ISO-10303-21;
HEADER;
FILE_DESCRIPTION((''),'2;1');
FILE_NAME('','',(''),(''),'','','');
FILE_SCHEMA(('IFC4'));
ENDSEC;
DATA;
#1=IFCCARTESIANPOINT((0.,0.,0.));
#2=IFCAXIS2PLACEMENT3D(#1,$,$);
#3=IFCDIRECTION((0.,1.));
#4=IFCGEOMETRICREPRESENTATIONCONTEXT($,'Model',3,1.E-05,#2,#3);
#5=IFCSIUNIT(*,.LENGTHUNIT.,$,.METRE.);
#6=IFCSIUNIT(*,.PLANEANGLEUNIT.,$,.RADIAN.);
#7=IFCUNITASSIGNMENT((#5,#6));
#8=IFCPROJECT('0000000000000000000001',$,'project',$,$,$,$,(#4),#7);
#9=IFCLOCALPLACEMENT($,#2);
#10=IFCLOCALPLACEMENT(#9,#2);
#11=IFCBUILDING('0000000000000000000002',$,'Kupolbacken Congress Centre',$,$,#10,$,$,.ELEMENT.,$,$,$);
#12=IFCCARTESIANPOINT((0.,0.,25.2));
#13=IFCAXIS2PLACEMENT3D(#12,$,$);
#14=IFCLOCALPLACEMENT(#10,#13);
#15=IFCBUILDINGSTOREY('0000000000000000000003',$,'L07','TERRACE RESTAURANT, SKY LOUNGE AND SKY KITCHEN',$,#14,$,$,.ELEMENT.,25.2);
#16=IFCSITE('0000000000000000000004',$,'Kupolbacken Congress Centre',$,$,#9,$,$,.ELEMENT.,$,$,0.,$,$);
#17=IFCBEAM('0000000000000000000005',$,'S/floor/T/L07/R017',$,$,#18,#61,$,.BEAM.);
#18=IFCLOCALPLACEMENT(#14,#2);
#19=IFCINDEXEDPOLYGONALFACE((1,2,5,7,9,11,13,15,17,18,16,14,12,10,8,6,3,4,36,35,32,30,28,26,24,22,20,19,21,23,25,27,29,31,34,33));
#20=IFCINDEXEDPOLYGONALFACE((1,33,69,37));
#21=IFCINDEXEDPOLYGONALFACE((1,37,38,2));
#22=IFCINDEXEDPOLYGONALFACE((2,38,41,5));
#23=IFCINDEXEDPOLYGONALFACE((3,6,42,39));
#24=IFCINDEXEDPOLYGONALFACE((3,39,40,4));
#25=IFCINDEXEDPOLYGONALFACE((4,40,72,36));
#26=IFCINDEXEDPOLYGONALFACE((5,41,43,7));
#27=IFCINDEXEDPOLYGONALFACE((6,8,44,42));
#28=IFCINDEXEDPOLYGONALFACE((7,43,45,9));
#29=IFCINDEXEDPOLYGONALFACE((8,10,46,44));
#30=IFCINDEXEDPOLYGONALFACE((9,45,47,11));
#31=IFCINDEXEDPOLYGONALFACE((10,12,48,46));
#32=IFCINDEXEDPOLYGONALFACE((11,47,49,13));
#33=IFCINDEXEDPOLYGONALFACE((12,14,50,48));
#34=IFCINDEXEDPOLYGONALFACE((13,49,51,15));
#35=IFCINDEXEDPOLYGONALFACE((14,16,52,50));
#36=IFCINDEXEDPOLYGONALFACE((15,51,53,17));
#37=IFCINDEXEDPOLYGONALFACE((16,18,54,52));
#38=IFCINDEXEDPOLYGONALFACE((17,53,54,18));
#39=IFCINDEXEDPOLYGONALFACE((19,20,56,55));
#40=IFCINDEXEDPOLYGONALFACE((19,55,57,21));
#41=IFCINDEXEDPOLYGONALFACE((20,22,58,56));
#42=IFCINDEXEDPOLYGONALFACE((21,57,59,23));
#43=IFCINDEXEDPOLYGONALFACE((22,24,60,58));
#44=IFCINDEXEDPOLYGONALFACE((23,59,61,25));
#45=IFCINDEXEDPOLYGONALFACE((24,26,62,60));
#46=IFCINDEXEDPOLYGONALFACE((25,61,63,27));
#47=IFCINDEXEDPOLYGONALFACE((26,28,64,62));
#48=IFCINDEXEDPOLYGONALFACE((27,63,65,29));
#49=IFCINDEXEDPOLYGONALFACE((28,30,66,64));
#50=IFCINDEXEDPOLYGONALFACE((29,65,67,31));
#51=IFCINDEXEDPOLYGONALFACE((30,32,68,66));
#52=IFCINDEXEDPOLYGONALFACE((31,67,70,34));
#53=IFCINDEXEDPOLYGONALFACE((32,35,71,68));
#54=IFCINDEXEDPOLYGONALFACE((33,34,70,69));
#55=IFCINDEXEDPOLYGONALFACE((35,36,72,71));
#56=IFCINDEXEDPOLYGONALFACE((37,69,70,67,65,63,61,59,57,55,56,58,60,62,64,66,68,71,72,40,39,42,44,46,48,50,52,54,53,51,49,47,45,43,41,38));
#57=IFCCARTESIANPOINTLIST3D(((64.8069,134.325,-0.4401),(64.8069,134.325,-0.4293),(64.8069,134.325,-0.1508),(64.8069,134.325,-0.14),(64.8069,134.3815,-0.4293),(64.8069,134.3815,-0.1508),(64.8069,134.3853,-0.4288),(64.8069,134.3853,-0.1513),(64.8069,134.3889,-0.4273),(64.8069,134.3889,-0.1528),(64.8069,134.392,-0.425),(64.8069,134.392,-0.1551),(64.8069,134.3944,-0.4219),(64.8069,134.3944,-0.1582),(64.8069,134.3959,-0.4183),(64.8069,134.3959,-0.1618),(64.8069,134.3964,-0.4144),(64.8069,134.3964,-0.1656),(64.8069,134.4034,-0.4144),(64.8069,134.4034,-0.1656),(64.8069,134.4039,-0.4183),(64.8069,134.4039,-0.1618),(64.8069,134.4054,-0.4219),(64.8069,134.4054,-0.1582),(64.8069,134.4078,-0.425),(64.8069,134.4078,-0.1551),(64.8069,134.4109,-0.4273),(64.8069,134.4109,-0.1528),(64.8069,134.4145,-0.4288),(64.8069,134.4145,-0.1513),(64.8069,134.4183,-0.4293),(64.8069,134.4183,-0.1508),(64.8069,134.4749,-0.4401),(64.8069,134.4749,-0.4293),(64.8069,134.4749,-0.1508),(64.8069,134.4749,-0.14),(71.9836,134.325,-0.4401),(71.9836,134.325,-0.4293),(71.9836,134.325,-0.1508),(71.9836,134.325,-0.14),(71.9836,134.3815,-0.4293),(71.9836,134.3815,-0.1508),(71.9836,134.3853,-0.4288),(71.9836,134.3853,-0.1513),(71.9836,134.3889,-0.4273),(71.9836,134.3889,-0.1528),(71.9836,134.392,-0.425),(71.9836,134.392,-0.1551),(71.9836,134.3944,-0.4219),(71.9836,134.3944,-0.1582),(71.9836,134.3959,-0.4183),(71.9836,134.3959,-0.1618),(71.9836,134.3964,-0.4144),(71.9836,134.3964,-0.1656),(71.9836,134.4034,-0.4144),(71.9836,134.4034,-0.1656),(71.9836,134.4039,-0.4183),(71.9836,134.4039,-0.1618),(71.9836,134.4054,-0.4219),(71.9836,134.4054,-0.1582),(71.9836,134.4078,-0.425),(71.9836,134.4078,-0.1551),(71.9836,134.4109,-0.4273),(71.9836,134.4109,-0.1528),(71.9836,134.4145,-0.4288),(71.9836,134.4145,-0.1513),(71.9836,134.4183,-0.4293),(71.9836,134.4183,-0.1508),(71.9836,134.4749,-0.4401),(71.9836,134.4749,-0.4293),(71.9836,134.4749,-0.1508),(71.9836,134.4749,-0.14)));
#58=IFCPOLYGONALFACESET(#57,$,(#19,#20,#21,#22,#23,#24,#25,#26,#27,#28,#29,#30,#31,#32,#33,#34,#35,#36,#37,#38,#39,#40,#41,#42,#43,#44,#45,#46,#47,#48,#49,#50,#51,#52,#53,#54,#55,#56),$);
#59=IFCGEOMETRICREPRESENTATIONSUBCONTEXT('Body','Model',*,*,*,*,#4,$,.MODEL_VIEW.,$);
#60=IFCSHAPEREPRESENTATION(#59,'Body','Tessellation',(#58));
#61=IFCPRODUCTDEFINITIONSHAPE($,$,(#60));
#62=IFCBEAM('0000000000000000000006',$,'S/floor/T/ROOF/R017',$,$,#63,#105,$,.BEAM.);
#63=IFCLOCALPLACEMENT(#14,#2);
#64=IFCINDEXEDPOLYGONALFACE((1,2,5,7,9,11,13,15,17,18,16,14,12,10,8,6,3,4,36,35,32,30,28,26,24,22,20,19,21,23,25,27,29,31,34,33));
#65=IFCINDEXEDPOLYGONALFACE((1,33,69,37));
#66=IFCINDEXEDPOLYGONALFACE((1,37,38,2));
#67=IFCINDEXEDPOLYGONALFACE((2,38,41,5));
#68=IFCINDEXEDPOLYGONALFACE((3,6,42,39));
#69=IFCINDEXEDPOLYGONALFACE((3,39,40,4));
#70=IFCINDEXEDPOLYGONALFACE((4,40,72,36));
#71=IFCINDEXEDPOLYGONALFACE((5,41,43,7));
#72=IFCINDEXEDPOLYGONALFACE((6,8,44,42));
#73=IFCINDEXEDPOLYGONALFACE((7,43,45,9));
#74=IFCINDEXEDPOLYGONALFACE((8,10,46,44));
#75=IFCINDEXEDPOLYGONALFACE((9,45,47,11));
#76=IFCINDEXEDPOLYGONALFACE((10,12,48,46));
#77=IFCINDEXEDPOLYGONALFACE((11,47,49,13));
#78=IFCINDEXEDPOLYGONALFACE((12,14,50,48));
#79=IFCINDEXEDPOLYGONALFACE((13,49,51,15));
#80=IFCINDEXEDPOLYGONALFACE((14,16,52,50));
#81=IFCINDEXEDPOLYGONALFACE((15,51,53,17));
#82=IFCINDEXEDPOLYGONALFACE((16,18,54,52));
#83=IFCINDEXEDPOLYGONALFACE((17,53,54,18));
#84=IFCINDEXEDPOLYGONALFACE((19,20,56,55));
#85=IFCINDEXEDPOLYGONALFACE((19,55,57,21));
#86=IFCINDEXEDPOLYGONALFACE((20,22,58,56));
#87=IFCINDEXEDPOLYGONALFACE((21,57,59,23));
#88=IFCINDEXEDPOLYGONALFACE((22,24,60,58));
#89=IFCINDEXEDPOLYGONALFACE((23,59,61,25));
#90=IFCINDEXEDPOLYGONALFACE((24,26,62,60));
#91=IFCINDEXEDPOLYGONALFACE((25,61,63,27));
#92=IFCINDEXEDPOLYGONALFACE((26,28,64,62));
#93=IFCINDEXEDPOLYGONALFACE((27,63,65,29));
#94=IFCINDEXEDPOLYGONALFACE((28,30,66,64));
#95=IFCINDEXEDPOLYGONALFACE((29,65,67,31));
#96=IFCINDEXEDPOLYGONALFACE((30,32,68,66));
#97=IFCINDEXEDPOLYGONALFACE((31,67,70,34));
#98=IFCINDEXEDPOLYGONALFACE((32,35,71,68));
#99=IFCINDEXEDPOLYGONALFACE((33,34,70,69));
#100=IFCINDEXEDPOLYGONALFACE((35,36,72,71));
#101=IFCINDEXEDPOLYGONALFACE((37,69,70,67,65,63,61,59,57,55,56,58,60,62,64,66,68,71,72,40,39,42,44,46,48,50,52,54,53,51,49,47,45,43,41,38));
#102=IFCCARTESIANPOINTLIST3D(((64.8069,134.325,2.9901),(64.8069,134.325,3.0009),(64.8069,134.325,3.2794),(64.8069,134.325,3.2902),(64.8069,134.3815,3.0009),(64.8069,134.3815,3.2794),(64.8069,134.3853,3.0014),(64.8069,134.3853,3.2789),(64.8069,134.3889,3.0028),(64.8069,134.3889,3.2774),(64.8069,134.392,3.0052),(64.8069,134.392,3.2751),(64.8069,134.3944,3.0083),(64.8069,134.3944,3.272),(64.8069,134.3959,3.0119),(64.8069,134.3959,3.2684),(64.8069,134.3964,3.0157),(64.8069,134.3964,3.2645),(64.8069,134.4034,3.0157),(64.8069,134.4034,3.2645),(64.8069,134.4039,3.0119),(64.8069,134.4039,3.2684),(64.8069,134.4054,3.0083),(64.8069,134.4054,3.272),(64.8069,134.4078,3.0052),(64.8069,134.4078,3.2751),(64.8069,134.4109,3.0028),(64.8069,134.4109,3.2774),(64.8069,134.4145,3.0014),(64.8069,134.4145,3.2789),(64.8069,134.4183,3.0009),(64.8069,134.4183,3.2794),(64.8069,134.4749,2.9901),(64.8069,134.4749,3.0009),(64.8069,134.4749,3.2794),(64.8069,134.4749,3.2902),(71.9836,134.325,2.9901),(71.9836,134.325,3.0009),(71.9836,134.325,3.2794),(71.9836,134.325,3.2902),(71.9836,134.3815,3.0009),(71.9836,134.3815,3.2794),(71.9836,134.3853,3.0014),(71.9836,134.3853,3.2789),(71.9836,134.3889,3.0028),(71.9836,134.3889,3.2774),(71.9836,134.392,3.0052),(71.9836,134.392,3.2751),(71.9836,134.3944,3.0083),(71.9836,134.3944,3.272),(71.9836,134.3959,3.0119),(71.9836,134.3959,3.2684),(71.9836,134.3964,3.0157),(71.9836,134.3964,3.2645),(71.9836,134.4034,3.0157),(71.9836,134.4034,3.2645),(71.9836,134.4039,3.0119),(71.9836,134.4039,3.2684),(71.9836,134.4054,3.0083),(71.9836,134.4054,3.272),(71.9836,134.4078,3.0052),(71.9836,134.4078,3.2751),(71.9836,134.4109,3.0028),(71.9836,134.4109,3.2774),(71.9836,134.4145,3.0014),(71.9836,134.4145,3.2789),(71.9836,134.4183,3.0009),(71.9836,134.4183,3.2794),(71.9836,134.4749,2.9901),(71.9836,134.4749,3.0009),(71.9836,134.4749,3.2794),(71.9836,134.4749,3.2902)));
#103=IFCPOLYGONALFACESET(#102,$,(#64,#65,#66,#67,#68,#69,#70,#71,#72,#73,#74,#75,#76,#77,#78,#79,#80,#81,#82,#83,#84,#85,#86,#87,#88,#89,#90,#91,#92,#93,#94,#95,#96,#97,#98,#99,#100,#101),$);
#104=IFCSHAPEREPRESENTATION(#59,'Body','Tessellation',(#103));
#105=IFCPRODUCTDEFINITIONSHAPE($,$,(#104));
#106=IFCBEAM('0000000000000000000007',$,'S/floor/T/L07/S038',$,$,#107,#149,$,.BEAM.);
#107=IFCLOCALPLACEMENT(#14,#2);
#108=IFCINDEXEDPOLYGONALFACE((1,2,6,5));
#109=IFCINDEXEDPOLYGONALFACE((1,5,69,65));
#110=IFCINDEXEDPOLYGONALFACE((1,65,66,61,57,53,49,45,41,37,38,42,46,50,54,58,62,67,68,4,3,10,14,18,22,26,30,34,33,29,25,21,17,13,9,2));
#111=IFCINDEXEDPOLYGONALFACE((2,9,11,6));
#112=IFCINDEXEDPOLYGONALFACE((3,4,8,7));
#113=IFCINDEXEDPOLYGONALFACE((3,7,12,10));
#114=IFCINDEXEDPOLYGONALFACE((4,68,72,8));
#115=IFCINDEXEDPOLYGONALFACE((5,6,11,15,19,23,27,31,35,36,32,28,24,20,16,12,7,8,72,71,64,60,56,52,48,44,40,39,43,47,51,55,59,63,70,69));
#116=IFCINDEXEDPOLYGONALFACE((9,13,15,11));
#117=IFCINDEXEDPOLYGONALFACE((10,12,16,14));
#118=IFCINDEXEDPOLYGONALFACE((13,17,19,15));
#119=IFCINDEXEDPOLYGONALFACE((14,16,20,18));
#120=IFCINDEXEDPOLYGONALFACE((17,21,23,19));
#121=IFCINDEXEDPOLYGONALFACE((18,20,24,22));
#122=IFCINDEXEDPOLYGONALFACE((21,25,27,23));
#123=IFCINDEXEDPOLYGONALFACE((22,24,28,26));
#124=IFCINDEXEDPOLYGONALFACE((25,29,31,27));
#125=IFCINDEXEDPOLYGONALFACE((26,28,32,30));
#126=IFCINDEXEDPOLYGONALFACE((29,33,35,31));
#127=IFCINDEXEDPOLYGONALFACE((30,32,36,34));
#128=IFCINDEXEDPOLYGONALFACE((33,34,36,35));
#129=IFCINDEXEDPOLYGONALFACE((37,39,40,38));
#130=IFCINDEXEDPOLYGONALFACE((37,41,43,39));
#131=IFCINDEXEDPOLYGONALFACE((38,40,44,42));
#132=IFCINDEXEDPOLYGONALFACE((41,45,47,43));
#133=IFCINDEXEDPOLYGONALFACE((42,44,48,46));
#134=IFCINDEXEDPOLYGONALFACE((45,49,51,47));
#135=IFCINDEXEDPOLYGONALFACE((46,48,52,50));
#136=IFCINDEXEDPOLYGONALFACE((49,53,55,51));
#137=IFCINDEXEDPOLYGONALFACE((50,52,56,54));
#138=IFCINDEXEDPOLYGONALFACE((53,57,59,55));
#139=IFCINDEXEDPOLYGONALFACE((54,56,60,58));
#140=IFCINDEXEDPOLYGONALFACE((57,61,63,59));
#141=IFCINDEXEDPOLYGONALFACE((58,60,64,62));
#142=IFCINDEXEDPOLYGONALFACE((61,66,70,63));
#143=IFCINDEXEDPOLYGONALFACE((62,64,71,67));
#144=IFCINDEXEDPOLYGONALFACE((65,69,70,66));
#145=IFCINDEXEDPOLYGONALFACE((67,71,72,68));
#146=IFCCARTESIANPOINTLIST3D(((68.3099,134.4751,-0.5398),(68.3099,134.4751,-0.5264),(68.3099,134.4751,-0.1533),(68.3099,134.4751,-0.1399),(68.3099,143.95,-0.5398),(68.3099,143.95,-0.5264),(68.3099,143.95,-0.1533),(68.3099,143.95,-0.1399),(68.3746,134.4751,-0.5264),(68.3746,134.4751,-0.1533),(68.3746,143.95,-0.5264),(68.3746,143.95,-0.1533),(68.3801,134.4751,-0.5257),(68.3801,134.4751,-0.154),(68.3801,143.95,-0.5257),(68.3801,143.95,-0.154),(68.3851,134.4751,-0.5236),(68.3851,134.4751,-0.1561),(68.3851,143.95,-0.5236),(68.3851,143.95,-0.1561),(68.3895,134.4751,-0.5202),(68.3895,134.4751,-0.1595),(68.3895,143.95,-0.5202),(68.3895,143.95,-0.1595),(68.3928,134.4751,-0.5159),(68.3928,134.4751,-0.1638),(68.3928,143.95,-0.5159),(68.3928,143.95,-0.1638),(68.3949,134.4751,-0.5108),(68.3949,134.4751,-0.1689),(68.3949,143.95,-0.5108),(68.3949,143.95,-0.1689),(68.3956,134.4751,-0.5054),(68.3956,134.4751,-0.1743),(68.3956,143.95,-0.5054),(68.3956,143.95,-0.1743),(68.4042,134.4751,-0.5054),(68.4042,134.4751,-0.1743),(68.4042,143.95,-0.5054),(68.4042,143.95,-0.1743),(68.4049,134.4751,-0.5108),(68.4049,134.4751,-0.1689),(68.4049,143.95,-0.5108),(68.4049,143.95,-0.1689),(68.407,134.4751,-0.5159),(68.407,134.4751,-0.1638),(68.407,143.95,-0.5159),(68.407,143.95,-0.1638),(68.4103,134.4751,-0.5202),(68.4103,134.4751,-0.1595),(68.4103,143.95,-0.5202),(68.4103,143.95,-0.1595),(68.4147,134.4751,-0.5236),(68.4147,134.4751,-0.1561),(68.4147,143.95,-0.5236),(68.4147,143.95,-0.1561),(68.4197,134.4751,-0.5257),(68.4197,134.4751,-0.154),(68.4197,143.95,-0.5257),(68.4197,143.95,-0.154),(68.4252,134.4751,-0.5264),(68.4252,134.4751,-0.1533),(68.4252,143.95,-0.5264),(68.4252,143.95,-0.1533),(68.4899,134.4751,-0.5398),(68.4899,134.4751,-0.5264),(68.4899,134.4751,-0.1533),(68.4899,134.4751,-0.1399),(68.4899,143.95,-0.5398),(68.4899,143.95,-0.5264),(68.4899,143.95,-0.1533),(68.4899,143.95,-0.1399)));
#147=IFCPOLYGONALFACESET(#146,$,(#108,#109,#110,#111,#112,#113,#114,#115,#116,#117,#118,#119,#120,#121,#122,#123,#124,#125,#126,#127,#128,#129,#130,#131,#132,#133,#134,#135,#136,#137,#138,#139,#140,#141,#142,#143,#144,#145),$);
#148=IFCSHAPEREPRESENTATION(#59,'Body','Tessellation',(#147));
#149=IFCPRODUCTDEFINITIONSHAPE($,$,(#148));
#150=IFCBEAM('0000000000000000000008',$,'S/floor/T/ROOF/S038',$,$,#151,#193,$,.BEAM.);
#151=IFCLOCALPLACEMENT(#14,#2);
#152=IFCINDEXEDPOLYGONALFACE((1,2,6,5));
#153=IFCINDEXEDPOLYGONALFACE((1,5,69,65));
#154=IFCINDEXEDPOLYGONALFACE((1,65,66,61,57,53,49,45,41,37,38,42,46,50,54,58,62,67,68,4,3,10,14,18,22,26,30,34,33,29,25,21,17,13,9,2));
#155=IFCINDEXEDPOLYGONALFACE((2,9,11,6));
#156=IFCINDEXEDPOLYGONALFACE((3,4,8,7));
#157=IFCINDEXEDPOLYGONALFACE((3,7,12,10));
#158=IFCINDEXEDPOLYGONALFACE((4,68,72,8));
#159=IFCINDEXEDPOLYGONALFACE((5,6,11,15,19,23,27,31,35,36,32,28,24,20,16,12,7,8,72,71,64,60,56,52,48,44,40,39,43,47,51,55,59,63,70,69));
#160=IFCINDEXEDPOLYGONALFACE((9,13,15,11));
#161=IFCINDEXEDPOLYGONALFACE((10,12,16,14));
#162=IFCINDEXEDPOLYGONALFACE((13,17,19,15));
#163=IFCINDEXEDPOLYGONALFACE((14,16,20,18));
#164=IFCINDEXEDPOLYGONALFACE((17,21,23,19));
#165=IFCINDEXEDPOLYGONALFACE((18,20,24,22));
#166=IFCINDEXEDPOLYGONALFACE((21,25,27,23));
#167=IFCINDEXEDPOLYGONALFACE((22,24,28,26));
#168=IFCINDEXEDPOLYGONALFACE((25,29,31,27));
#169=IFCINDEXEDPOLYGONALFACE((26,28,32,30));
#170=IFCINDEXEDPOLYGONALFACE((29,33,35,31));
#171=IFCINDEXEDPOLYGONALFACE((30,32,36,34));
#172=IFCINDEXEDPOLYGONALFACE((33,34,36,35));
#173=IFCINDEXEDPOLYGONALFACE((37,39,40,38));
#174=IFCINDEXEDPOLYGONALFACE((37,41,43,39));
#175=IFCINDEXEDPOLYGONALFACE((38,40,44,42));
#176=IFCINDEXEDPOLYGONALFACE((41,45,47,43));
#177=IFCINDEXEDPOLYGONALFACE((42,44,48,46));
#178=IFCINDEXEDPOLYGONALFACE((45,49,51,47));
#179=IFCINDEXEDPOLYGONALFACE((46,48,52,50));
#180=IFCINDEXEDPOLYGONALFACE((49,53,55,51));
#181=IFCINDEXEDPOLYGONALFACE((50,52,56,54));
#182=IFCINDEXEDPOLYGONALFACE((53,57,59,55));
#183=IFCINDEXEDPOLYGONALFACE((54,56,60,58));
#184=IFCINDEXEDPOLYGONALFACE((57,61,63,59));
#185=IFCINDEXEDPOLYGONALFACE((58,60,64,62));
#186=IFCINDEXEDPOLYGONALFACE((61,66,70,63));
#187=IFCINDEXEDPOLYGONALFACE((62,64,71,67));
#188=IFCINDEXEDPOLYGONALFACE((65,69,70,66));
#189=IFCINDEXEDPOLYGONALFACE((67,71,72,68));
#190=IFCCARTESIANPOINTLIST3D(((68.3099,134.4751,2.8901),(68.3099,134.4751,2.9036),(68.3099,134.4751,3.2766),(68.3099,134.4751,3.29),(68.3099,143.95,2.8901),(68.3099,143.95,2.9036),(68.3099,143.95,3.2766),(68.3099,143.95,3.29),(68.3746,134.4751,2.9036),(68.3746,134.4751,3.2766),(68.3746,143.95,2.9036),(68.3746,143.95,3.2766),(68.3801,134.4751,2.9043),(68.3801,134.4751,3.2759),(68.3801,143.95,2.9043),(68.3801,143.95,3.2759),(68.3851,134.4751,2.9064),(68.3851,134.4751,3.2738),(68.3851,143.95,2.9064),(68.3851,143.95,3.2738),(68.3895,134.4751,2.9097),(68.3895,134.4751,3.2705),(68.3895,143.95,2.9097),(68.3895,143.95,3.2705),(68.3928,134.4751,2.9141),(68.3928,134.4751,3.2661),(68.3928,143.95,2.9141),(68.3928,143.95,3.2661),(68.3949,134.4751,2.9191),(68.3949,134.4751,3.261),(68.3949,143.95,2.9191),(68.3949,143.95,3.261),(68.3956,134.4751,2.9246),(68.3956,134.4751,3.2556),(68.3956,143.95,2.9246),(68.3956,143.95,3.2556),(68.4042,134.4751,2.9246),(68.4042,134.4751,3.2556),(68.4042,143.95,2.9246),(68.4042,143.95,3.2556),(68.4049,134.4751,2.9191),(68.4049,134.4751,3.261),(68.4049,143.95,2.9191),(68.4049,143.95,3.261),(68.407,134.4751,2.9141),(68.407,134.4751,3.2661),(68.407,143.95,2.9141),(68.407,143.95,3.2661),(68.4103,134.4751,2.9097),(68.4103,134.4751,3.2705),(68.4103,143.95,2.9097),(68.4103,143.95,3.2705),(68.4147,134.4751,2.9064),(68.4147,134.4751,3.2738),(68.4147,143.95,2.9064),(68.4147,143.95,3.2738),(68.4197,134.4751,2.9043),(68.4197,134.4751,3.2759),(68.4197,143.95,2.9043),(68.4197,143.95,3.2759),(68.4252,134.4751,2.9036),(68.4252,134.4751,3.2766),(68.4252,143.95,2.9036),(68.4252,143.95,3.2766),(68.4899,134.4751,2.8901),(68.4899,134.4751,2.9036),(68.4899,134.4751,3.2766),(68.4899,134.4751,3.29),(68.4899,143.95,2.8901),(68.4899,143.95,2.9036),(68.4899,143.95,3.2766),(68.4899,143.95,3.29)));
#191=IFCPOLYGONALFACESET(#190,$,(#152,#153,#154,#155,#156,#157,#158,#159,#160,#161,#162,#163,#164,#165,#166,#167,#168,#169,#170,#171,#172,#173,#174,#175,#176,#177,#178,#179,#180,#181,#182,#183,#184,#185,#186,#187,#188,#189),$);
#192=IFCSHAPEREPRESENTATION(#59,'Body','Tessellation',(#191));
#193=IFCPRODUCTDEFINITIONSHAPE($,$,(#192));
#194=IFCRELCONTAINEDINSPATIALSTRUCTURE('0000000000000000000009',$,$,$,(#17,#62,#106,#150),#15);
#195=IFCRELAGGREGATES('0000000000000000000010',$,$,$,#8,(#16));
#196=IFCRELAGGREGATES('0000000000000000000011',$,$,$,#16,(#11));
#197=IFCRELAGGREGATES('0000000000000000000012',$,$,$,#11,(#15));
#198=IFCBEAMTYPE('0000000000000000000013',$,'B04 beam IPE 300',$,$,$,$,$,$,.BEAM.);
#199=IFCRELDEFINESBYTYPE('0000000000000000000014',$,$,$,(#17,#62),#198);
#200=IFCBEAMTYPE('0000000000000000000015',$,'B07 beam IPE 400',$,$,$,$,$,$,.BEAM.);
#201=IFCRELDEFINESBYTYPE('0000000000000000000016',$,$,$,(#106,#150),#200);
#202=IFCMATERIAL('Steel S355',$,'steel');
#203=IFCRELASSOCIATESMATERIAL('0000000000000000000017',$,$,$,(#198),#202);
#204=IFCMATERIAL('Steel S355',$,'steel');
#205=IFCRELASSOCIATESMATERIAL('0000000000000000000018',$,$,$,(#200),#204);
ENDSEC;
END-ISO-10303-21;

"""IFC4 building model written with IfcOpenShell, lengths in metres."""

from ifc_helpers import new_model, si_unit, direction, frame, origin, origin_2d, place, context, subcontext, project, spatial, i_section, extrude, material, material_profile, profile_set, type_object, element, save


model = new_model("IFC4")

# Units and contexts
model_context = context("Model", 3, precision=1e-05, world=origin(), true_north=direction((0.0, 1.0)))
body_context = subcontext(model_context, "Body", "Model", "MODEL_VIEW")
ifc_project = project(units=[si_unit("LENGTHUNIT", "METRE"), si_unit("PLANEANGLEUNIT", "RADIAN")], contexts=[model_context])

# Site, building, storey
site_placement = place(None, origin())
site = spatial("IfcSite", under=ifc_project, at=site_placement, Name="Kupolbacken Congress Centre", CompositionType="ELEMENT", RefElevation=0.0)
building_placement = place(site_placement, origin())
building = spatial("IfcBuilding", under=site, at=building_placement, Name="Kupolbacken Congress Centre", CompositionType="ELEMENT")
storey_placement = place(building_placement, frame((0.0, 0.0, 25.2)))
storey = spatial("IfcBuildingStorey", under=building, at=storey_placement, Name="L07", Description="TERRACE RESTAURANT, SKY LOUNGE AND SKY KITCHEN", CompositionType="ELEMENT", Elevation=25.2)

# Beams
ifc_material_1 = material(Name="Steel S355", Category="steel")
ifc_material_profile_1 = material_profile(ifc_material_1, i_section(OverallWidth=0.1499, OverallDepth=0.3, WebThickness=0.0071, FlangeThickness=0.0107, FilletRadius=0.0149, at=origin_2d()), Name="IPE 300")
ifc_profile_set_1 = profile_set([ifc_material_profile_1], Name="Steel S355")
beam_type_1 = type_object("IfcBeamType", Name="B04 beam IPE 300", PredefinedType="BEAM", material=ifc_profile_set_1)
for number, where, z_axis, x_axis, name in (
    (1, (64.8069, 134.3999, -0.29), (1.0, 0.0, 0.0), (0.0, 1.0, 0.0), "S/floor/T/L07/R017"),
    (2, (64.8069, 134.3999, 3.1401), (1.0, 0.0, 0.0), (0.0, 1.0, 0.0), "S/floor/T/ROOF/R017"),
):
    element("IfcBeam", number, at=place(storey_placement, frame(where, z_axis=z_axis, x_axis=x_axis)), inside=storey, type_object=beam_type_1, Name=name, PredefinedType="BEAM", context=body_context, shape_type="SweptSolid", body=[
        extrude(i_section(OverallWidth=0.1499, OverallDepth=0.3, WebThickness=0.0071, FlangeThickness=0.0107, FilletRadius=0.0149, at=origin_2d()), origin(), (0.0, 0.0, 1.0), 7.1768),
    ])
ifc_material_2 = material(Name="Steel S355", Category="steel")
ifc_material_profile_2 = material_profile(ifc_material_2, i_section(OverallWidth=0.1799, OverallDepth=0.3999, WebThickness=0.0085, FlangeThickness=0.0134, FilletRadius=0.021, at=origin_2d()), Name="IPE 400")
ifc_profile_set_2 = profile_set([ifc_material_profile_2], Name="Steel S355")
beam_type_2 = type_object("IfcBeamType", Name="B07 beam IPE 400", PredefinedType="BEAM", material=ifc_profile_set_2)
for number, where, z_axis, x_axis, name in (
    (3, (68.3999, 134.4751, -0.3398), (0.0, 1.0, 0.0), (-1.0, 0.0, 0.0), "S/floor/T/L07/S038"),
    (4, (68.3999, 134.4751, 3.0901), (0.0, 1.0, 0.0), (-1.0, 0.0, 0.0), "S/floor/T/ROOF/S038"),
):
    element("IfcBeam", number, at=place(storey_placement, frame(where, z_axis=z_axis, x_axis=x_axis)), inside=storey, type_object=beam_type_2, Name=name, PredefinedType="BEAM", context=body_context, shape_type="SweptSolid", body=[
        extrude(i_section(OverallWidth=0.1799, OverallDepth=0.3999, WebThickness=0.0085, FlangeThickness=0.0134, FilletRadius=0.021, at=origin_2d()), origin(), (0.0, 0.0, 1.0), 9.4749),
    ])

save(model, "model.ifc")
